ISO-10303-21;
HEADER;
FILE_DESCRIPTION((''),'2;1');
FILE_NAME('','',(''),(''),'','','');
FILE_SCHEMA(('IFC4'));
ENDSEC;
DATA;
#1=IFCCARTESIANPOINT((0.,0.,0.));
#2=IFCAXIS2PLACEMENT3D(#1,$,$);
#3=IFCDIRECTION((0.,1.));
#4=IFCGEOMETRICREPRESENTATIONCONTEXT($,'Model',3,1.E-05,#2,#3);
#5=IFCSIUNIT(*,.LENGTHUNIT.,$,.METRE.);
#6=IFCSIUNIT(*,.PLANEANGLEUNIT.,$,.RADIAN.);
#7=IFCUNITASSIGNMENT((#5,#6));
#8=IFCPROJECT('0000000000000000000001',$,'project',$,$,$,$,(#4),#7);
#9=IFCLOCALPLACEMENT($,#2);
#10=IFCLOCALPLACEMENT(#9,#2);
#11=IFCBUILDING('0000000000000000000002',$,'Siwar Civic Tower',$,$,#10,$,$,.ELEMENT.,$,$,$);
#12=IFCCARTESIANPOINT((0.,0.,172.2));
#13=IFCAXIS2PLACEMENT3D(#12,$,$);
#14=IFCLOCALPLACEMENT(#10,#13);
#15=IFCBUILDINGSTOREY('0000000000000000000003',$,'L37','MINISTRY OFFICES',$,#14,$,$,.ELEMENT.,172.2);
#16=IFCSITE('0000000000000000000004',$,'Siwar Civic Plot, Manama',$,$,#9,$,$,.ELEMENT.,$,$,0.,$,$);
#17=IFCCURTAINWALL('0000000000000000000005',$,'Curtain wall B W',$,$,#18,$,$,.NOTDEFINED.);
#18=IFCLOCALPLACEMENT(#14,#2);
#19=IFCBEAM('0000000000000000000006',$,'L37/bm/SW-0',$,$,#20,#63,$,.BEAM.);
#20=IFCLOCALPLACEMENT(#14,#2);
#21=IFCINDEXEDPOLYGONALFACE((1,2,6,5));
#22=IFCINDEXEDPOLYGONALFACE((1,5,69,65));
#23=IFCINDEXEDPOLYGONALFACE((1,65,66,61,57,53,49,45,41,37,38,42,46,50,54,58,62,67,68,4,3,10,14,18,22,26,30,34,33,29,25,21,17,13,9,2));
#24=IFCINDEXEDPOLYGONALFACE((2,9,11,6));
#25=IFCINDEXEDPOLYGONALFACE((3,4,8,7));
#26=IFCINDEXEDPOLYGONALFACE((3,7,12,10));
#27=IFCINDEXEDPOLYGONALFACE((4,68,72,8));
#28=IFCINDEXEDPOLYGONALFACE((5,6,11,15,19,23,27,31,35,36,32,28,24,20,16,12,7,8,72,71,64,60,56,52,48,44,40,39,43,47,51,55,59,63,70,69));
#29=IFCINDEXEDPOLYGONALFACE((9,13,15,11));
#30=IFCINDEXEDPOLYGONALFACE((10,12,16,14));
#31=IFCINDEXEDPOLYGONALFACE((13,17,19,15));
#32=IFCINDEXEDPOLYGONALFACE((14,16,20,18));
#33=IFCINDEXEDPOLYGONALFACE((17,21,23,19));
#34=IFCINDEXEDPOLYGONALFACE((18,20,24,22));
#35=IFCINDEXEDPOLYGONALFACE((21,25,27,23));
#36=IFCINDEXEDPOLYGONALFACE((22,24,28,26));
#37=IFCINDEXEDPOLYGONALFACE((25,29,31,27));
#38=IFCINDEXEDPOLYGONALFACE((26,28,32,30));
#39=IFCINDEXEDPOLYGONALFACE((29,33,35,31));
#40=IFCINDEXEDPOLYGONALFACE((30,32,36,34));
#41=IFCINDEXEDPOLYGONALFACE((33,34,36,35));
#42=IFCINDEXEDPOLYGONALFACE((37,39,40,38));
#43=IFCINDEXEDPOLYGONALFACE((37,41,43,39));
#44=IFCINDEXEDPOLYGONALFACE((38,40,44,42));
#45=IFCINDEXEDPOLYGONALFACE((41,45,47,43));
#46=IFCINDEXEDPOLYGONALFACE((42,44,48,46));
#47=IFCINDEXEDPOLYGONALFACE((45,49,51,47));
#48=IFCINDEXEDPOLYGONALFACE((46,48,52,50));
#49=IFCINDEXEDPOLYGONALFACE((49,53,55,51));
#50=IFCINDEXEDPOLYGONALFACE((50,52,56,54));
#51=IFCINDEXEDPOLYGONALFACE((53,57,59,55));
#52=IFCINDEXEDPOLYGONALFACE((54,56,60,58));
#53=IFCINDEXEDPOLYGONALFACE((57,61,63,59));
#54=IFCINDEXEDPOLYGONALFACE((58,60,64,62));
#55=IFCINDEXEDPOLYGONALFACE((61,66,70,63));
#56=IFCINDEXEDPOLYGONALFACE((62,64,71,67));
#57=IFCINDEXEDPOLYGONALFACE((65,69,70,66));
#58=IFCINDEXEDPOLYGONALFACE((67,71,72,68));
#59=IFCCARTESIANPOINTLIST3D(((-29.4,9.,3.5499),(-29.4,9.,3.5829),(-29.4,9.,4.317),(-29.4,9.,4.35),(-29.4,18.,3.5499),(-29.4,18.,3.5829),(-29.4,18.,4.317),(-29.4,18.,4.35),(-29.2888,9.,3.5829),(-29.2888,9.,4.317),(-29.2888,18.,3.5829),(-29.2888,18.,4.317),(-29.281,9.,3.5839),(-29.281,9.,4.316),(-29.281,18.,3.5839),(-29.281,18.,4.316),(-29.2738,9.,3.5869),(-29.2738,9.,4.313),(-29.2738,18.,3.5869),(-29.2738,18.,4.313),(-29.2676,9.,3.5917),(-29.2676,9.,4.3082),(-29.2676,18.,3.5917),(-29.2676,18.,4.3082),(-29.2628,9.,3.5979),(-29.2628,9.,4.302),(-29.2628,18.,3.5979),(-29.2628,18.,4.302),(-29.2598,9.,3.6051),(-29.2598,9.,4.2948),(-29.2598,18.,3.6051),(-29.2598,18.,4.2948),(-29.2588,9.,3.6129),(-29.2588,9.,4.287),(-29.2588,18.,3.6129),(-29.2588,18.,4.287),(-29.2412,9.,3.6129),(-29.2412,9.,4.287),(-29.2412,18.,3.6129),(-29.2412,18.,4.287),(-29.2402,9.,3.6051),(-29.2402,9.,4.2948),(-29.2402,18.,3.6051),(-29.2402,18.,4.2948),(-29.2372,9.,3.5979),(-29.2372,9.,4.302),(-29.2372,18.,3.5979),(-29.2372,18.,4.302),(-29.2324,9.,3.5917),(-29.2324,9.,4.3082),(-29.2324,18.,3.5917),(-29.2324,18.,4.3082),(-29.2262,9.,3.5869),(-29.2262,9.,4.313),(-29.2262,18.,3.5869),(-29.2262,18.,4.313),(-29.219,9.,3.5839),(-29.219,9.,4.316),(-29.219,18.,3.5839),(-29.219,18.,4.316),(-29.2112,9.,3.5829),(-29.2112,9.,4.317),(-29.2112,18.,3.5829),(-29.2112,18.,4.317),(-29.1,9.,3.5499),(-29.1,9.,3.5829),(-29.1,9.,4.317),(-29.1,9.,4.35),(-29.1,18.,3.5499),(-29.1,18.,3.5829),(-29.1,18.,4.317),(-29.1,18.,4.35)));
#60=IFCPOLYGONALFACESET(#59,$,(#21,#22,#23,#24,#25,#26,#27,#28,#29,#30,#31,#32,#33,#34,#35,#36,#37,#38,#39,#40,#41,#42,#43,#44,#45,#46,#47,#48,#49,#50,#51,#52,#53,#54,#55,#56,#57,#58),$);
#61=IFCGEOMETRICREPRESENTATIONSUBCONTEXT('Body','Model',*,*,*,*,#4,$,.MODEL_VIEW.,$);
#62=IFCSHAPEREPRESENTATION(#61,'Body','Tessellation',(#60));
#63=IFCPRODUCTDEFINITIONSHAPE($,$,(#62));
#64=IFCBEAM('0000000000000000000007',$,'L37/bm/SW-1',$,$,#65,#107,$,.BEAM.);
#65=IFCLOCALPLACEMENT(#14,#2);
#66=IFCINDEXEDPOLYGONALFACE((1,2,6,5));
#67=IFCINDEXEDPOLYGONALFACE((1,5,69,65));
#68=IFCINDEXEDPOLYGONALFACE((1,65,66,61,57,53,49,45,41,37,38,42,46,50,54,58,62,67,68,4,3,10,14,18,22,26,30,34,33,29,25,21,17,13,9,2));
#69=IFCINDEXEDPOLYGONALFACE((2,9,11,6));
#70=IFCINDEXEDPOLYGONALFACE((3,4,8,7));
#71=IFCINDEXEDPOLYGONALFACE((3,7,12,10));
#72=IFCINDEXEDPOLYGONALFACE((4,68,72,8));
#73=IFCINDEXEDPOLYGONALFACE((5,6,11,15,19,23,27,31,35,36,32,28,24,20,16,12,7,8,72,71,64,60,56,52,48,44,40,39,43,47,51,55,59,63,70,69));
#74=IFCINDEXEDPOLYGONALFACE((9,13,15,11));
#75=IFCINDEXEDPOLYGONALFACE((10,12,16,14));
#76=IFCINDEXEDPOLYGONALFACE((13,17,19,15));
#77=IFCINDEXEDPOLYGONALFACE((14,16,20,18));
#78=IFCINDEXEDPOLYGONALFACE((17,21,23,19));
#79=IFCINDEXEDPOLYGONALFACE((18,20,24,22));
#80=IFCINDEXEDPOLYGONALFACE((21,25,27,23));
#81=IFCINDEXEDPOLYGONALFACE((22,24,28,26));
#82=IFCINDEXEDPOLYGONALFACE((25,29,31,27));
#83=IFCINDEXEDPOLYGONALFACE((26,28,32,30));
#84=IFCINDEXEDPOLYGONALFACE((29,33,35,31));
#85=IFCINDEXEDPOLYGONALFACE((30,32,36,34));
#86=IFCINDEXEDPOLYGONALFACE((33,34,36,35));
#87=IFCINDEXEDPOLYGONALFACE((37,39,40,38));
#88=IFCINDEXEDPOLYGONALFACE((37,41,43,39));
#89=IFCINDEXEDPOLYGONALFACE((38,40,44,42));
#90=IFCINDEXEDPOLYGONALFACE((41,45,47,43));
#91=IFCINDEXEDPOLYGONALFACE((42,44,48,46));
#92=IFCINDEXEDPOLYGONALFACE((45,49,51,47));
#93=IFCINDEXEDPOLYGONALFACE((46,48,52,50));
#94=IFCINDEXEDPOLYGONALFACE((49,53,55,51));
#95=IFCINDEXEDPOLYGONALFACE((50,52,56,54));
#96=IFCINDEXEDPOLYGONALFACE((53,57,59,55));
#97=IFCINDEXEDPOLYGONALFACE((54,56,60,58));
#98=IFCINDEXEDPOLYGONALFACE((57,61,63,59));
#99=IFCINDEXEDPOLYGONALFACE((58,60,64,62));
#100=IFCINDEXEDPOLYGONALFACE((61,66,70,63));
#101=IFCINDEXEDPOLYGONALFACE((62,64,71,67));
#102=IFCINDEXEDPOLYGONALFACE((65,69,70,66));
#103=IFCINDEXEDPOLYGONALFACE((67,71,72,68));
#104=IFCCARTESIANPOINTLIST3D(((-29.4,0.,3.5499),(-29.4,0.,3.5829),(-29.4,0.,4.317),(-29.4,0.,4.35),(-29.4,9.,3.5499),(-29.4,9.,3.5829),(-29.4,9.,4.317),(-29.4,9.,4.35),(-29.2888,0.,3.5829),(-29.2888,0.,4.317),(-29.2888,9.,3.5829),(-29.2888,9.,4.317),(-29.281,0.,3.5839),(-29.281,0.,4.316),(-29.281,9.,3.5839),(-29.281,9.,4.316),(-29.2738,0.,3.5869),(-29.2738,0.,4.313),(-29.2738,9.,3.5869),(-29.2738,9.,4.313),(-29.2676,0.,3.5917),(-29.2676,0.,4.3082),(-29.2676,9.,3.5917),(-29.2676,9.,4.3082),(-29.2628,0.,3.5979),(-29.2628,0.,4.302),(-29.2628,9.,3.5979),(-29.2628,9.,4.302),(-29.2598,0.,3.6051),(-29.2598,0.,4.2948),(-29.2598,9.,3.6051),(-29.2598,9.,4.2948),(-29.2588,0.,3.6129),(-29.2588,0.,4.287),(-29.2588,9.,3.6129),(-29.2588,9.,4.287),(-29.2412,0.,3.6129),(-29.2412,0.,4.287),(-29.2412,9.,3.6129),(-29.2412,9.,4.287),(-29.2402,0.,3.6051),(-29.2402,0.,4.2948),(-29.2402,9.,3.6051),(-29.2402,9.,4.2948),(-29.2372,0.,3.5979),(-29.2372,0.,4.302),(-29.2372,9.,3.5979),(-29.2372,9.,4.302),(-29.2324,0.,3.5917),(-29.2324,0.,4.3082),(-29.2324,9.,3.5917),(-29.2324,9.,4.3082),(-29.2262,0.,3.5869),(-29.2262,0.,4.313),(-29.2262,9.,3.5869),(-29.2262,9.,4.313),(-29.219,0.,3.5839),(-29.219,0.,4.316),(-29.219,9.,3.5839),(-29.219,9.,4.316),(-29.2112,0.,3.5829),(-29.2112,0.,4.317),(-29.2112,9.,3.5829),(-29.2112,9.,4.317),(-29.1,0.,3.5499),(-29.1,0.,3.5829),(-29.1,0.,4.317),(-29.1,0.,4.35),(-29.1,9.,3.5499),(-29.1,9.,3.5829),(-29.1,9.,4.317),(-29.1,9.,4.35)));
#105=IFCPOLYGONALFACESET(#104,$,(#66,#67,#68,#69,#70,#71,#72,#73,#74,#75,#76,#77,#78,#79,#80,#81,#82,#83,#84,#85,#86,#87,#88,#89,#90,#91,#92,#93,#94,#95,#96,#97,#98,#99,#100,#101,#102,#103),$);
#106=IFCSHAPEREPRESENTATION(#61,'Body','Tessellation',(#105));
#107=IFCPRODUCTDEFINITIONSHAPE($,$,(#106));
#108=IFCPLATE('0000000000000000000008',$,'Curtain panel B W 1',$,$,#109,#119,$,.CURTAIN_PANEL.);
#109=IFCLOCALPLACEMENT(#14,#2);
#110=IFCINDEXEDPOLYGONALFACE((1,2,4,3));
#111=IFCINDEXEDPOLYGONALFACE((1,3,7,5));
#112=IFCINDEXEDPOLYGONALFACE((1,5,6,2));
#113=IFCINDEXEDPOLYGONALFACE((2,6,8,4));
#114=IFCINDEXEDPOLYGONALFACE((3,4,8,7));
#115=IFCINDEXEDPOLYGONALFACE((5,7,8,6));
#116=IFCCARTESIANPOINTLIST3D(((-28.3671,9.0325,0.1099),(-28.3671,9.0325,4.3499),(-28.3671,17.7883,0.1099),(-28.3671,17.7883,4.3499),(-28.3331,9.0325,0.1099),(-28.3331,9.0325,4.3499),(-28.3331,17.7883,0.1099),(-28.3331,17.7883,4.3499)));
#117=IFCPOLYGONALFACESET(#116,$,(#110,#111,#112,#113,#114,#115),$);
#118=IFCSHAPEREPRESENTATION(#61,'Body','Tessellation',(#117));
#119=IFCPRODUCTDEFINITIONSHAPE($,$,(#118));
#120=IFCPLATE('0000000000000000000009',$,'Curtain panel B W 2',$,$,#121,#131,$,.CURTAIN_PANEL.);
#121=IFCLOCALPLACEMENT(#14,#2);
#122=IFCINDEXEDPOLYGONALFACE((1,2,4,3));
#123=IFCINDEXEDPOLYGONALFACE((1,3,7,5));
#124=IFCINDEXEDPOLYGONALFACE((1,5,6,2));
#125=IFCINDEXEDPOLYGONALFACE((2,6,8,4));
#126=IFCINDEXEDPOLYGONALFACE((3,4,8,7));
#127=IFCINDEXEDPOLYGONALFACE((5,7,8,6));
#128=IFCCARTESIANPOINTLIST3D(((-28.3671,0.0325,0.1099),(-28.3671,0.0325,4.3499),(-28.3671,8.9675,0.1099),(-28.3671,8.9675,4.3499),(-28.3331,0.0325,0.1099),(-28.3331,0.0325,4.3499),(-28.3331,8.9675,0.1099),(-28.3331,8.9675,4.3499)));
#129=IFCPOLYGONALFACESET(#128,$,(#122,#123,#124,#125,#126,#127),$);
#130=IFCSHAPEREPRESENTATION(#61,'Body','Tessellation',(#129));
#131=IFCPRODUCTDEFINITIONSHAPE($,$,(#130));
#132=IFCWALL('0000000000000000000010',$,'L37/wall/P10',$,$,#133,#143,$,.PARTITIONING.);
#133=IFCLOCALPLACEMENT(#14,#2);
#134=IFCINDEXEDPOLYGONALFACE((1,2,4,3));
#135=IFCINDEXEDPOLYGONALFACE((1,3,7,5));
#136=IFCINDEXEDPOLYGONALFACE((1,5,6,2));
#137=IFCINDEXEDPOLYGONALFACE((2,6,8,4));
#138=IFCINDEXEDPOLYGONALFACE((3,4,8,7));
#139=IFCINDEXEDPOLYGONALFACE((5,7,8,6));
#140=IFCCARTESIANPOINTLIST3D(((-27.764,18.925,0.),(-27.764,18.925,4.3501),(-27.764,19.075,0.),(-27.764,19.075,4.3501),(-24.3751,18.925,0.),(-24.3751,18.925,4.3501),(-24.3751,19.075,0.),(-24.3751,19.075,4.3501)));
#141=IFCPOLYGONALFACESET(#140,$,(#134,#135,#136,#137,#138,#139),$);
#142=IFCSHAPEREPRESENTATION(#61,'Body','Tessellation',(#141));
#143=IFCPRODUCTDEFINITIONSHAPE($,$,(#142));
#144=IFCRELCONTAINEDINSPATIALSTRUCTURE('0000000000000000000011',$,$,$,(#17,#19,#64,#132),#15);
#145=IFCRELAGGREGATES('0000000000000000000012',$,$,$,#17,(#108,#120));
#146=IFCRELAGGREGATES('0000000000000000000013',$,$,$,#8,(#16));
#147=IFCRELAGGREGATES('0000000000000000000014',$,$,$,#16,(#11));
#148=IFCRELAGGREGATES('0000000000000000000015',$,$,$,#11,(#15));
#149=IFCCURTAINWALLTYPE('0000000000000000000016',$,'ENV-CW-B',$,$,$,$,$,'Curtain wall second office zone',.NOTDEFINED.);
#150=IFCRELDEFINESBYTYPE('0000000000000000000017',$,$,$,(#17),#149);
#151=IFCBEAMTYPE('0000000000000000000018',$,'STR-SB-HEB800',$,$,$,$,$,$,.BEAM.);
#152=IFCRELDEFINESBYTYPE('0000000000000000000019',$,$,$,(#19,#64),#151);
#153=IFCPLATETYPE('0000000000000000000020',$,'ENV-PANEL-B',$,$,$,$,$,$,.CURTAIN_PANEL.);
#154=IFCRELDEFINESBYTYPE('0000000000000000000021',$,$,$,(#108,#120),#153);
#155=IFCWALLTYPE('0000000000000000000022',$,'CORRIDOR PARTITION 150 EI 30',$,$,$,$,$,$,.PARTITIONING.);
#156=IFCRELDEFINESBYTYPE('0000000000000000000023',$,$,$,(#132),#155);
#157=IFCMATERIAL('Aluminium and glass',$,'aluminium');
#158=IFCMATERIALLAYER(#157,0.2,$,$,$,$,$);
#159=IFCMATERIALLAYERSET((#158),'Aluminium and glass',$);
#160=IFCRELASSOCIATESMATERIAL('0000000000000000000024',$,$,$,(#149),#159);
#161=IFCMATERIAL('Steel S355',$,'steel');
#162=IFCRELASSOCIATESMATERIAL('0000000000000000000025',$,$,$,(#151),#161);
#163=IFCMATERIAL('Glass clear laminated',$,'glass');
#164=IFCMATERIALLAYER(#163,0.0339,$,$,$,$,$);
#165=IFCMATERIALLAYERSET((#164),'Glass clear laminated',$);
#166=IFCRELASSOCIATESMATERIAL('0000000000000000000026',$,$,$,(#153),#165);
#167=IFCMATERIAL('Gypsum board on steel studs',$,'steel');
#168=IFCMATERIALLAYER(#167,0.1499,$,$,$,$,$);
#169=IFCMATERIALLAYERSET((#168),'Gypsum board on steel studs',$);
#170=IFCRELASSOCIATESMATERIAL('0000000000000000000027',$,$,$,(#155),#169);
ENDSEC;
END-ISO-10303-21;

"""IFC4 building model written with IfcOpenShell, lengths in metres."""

from ifc_helpers import new_model, si_unit, direction, frame, frame_2d, origin, origin_2d, place, context, subcontext, project, spatial, rectangle, i_section, extrude, material, layer, layer_set, material_profile, profile_set, type_object, element, aggregate, save


model = new_model("IFC4")

# Units and contexts
model_context = context("Model", 3, precision=1e-05, world=origin(), true_north=direction((0.0, 1.0)))
body_context = subcontext(model_context, "Body", "Model", "MODEL_VIEW")
ifc_project = project(units=[si_unit("LENGTHUNIT", "METRE"), si_unit("PLANEANGLEUNIT", "RADIAN")], contexts=[model_context])

# Site, building, storey
site_placement = place(None, origin())
site = spatial("IfcSite", under=ifc_project, at=site_placement, Name="Siwar Civic Plot, Manama", CompositionType="ELEMENT", RefElevation=0.0)
building_placement = place(site_placement, origin())
building = spatial("IfcBuilding", under=site, at=building_placement, Name="Siwar Civic Tower", CompositionType="ELEMENT")
storey_placement = place(building_placement, frame((0.0, 0.0, 172.2)))
storey = spatial("IfcBuildingStorey", under=building, at=storey_placement, Name="L37", Description="MINISTRY OFFICES", CompositionType="ELEMENT", Elevation=172.2)

# Curtain wall
ifc_material_1 = material(Name="Aluminium and glass", Category="aluminium")
ifc_layer_1 = layer(ifc_material_1, 0.2)
ifc_layer_set_1 = layer_set([ifc_layer_1], Name="Aluminium and glass")
curtain_wall_type = type_object("IfcCurtainWallType", Name="ENV-CW-B", ElementType="Curtain wall second office zone", PredefinedType="NOTDEFINED", material=ifc_layer_set_1)
curtain_wall_placement = place(storey_placement, origin())
curtain_wall = element("IfcCurtainWall", 1, at=curtain_wall_placement, inside=storey, type_object=curtain_wall_type, Name="Curtain wall B W", PredefinedType="NOTDEFINED")

# Beams
ifc_material_2 = material(Name="Steel S355", Category="steel")
ifc_material_profile_1 = material_profile(ifc_material_2, i_section(OverallWidth=0.3, OverallDepth=0.8, WebThickness=0.0176, FlangeThickness=0.033, FilletRadius=0.03, at=origin_2d()), Name="HEB800")
ifc_profile_set_1 = profile_set([ifc_material_profile_1], Name="Steel S355")
beam_type_1 = type_object("IfcBeamType", Name="STR-SB-HEB800", PredefinedType="BEAM", material=ifc_profile_set_1)
for number, where, z_axis, x_axis, name in (
    (2, (-29.25, 18.0, 3.95), (0.0, -1.0, 0.0), (1.0, 0.0, 0.0), "L37/bm/SW-0"),
    (3, (-29.25, 9.0, 3.95), (0.0, -1.0, 0.0), (1.0, 0.0, 0.0), "L37/bm/SW-1"),
):
    element("IfcBeam", number, at=place(storey_placement, frame(where, z_axis=z_axis, x_axis=x_axis)), inside=storey, type_object=beam_type_1, Name=name, PredefinedType="BEAM", context=body_context, shape_type="SweptSolid", body=[
        extrude(i_section(OverallWidth=0.3, OverallDepth=0.8, WebThickness=0.0176, FlangeThickness=0.033, FilletRadius=0.03, at=origin_2d()), origin(), (0.0, 0.0, 1.0), 9.0),
    ])

# Plates
ifc_material_3 = material(Name="Glass clear laminated", Category="glass")
ifc_layer_2 = layer(ifc_material_3, 0.0339)
ifc_layer_set_2 = layer_set([ifc_layer_2], Name="Glass clear laminated")
plate_type = type_object("IfcPlateType", Name="ENV-PANEL-B", PredefinedType="CURTAIN_PANEL", material=ifc_layer_set_2)
plate_1_placement = place(storey_placement, frame((-28.3501, 13.4104, 0.1099), z_axis=(0.0, 0.0, 1.0), x_axis=(0.0, -1.0, 0.0)))
plate_1 = element("IfcPlate", 4, at=plate_1_placement, type_object=plate_type, Name="Curtain panel B W 1", PredefinedType="CURTAIN_PANEL", context=body_context, shape_type="SweptSolid", body=[
    extrude(rectangle(XDim=8.7559, YDim=0.0339, at=origin_2d()), origin(), (0.0, 0.0, 1.0), 4.24),
])
plate_2_placement = place(storey_placement, frame((-28.3501, 4.5, 0.1099), z_axis=(0.0, 0.0, 1.0), x_axis=(0.0, -1.0, 0.0)))
plate_2 = element("IfcPlate", 5, at=plate_2_placement, type_object=plate_type, Name="Curtain panel B W 2", PredefinedType="CURTAIN_PANEL", context=body_context, shape_type="SweptSolid", body=[
    extrude(rectangle(XDim=8.9351, YDim=0.0339, at=origin_2d()), origin(), (0.0, 0.0, 1.0), 4.24),
])
aggregate(curtain_wall, [plate_1, plate_2])

# Wall
ifc_material_4 = material(Name="Gypsum board on steel studs", Category="steel")
ifc_layer_3 = layer(ifc_material_4, 0.1499)
ifc_layer_set_3 = layer_set([ifc_layer_3], Name="Gypsum board on steel studs")
wall_type = type_object("IfcWallType", Name="CORRIDOR PARTITION 150 EI 30", PredefinedType="PARTITIONING", material=ifc_layer_set_3)
wall_1_placement = place(storey_placement, frame((-27.7639, 19.0, 0.0), z_axis=(0.0, 0.0, 1.0), x_axis=(1.0, 0.0, 0.0)))
element("IfcWall", 6, at=wall_1_placement, inside=storey, type_object=wall_type, Name="L37/wall/P10", PredefinedType="PARTITIONING", context=body_context, shape_type="SweptSolid", body=[
    extrude(rectangle(XDim=3.3889, YDim=0.1499, at=frame_2d((1.6943, 0.0))), origin(), (0.0, 0.0, 1.0), 4.3501),
])

save(model, "model.ifc")
